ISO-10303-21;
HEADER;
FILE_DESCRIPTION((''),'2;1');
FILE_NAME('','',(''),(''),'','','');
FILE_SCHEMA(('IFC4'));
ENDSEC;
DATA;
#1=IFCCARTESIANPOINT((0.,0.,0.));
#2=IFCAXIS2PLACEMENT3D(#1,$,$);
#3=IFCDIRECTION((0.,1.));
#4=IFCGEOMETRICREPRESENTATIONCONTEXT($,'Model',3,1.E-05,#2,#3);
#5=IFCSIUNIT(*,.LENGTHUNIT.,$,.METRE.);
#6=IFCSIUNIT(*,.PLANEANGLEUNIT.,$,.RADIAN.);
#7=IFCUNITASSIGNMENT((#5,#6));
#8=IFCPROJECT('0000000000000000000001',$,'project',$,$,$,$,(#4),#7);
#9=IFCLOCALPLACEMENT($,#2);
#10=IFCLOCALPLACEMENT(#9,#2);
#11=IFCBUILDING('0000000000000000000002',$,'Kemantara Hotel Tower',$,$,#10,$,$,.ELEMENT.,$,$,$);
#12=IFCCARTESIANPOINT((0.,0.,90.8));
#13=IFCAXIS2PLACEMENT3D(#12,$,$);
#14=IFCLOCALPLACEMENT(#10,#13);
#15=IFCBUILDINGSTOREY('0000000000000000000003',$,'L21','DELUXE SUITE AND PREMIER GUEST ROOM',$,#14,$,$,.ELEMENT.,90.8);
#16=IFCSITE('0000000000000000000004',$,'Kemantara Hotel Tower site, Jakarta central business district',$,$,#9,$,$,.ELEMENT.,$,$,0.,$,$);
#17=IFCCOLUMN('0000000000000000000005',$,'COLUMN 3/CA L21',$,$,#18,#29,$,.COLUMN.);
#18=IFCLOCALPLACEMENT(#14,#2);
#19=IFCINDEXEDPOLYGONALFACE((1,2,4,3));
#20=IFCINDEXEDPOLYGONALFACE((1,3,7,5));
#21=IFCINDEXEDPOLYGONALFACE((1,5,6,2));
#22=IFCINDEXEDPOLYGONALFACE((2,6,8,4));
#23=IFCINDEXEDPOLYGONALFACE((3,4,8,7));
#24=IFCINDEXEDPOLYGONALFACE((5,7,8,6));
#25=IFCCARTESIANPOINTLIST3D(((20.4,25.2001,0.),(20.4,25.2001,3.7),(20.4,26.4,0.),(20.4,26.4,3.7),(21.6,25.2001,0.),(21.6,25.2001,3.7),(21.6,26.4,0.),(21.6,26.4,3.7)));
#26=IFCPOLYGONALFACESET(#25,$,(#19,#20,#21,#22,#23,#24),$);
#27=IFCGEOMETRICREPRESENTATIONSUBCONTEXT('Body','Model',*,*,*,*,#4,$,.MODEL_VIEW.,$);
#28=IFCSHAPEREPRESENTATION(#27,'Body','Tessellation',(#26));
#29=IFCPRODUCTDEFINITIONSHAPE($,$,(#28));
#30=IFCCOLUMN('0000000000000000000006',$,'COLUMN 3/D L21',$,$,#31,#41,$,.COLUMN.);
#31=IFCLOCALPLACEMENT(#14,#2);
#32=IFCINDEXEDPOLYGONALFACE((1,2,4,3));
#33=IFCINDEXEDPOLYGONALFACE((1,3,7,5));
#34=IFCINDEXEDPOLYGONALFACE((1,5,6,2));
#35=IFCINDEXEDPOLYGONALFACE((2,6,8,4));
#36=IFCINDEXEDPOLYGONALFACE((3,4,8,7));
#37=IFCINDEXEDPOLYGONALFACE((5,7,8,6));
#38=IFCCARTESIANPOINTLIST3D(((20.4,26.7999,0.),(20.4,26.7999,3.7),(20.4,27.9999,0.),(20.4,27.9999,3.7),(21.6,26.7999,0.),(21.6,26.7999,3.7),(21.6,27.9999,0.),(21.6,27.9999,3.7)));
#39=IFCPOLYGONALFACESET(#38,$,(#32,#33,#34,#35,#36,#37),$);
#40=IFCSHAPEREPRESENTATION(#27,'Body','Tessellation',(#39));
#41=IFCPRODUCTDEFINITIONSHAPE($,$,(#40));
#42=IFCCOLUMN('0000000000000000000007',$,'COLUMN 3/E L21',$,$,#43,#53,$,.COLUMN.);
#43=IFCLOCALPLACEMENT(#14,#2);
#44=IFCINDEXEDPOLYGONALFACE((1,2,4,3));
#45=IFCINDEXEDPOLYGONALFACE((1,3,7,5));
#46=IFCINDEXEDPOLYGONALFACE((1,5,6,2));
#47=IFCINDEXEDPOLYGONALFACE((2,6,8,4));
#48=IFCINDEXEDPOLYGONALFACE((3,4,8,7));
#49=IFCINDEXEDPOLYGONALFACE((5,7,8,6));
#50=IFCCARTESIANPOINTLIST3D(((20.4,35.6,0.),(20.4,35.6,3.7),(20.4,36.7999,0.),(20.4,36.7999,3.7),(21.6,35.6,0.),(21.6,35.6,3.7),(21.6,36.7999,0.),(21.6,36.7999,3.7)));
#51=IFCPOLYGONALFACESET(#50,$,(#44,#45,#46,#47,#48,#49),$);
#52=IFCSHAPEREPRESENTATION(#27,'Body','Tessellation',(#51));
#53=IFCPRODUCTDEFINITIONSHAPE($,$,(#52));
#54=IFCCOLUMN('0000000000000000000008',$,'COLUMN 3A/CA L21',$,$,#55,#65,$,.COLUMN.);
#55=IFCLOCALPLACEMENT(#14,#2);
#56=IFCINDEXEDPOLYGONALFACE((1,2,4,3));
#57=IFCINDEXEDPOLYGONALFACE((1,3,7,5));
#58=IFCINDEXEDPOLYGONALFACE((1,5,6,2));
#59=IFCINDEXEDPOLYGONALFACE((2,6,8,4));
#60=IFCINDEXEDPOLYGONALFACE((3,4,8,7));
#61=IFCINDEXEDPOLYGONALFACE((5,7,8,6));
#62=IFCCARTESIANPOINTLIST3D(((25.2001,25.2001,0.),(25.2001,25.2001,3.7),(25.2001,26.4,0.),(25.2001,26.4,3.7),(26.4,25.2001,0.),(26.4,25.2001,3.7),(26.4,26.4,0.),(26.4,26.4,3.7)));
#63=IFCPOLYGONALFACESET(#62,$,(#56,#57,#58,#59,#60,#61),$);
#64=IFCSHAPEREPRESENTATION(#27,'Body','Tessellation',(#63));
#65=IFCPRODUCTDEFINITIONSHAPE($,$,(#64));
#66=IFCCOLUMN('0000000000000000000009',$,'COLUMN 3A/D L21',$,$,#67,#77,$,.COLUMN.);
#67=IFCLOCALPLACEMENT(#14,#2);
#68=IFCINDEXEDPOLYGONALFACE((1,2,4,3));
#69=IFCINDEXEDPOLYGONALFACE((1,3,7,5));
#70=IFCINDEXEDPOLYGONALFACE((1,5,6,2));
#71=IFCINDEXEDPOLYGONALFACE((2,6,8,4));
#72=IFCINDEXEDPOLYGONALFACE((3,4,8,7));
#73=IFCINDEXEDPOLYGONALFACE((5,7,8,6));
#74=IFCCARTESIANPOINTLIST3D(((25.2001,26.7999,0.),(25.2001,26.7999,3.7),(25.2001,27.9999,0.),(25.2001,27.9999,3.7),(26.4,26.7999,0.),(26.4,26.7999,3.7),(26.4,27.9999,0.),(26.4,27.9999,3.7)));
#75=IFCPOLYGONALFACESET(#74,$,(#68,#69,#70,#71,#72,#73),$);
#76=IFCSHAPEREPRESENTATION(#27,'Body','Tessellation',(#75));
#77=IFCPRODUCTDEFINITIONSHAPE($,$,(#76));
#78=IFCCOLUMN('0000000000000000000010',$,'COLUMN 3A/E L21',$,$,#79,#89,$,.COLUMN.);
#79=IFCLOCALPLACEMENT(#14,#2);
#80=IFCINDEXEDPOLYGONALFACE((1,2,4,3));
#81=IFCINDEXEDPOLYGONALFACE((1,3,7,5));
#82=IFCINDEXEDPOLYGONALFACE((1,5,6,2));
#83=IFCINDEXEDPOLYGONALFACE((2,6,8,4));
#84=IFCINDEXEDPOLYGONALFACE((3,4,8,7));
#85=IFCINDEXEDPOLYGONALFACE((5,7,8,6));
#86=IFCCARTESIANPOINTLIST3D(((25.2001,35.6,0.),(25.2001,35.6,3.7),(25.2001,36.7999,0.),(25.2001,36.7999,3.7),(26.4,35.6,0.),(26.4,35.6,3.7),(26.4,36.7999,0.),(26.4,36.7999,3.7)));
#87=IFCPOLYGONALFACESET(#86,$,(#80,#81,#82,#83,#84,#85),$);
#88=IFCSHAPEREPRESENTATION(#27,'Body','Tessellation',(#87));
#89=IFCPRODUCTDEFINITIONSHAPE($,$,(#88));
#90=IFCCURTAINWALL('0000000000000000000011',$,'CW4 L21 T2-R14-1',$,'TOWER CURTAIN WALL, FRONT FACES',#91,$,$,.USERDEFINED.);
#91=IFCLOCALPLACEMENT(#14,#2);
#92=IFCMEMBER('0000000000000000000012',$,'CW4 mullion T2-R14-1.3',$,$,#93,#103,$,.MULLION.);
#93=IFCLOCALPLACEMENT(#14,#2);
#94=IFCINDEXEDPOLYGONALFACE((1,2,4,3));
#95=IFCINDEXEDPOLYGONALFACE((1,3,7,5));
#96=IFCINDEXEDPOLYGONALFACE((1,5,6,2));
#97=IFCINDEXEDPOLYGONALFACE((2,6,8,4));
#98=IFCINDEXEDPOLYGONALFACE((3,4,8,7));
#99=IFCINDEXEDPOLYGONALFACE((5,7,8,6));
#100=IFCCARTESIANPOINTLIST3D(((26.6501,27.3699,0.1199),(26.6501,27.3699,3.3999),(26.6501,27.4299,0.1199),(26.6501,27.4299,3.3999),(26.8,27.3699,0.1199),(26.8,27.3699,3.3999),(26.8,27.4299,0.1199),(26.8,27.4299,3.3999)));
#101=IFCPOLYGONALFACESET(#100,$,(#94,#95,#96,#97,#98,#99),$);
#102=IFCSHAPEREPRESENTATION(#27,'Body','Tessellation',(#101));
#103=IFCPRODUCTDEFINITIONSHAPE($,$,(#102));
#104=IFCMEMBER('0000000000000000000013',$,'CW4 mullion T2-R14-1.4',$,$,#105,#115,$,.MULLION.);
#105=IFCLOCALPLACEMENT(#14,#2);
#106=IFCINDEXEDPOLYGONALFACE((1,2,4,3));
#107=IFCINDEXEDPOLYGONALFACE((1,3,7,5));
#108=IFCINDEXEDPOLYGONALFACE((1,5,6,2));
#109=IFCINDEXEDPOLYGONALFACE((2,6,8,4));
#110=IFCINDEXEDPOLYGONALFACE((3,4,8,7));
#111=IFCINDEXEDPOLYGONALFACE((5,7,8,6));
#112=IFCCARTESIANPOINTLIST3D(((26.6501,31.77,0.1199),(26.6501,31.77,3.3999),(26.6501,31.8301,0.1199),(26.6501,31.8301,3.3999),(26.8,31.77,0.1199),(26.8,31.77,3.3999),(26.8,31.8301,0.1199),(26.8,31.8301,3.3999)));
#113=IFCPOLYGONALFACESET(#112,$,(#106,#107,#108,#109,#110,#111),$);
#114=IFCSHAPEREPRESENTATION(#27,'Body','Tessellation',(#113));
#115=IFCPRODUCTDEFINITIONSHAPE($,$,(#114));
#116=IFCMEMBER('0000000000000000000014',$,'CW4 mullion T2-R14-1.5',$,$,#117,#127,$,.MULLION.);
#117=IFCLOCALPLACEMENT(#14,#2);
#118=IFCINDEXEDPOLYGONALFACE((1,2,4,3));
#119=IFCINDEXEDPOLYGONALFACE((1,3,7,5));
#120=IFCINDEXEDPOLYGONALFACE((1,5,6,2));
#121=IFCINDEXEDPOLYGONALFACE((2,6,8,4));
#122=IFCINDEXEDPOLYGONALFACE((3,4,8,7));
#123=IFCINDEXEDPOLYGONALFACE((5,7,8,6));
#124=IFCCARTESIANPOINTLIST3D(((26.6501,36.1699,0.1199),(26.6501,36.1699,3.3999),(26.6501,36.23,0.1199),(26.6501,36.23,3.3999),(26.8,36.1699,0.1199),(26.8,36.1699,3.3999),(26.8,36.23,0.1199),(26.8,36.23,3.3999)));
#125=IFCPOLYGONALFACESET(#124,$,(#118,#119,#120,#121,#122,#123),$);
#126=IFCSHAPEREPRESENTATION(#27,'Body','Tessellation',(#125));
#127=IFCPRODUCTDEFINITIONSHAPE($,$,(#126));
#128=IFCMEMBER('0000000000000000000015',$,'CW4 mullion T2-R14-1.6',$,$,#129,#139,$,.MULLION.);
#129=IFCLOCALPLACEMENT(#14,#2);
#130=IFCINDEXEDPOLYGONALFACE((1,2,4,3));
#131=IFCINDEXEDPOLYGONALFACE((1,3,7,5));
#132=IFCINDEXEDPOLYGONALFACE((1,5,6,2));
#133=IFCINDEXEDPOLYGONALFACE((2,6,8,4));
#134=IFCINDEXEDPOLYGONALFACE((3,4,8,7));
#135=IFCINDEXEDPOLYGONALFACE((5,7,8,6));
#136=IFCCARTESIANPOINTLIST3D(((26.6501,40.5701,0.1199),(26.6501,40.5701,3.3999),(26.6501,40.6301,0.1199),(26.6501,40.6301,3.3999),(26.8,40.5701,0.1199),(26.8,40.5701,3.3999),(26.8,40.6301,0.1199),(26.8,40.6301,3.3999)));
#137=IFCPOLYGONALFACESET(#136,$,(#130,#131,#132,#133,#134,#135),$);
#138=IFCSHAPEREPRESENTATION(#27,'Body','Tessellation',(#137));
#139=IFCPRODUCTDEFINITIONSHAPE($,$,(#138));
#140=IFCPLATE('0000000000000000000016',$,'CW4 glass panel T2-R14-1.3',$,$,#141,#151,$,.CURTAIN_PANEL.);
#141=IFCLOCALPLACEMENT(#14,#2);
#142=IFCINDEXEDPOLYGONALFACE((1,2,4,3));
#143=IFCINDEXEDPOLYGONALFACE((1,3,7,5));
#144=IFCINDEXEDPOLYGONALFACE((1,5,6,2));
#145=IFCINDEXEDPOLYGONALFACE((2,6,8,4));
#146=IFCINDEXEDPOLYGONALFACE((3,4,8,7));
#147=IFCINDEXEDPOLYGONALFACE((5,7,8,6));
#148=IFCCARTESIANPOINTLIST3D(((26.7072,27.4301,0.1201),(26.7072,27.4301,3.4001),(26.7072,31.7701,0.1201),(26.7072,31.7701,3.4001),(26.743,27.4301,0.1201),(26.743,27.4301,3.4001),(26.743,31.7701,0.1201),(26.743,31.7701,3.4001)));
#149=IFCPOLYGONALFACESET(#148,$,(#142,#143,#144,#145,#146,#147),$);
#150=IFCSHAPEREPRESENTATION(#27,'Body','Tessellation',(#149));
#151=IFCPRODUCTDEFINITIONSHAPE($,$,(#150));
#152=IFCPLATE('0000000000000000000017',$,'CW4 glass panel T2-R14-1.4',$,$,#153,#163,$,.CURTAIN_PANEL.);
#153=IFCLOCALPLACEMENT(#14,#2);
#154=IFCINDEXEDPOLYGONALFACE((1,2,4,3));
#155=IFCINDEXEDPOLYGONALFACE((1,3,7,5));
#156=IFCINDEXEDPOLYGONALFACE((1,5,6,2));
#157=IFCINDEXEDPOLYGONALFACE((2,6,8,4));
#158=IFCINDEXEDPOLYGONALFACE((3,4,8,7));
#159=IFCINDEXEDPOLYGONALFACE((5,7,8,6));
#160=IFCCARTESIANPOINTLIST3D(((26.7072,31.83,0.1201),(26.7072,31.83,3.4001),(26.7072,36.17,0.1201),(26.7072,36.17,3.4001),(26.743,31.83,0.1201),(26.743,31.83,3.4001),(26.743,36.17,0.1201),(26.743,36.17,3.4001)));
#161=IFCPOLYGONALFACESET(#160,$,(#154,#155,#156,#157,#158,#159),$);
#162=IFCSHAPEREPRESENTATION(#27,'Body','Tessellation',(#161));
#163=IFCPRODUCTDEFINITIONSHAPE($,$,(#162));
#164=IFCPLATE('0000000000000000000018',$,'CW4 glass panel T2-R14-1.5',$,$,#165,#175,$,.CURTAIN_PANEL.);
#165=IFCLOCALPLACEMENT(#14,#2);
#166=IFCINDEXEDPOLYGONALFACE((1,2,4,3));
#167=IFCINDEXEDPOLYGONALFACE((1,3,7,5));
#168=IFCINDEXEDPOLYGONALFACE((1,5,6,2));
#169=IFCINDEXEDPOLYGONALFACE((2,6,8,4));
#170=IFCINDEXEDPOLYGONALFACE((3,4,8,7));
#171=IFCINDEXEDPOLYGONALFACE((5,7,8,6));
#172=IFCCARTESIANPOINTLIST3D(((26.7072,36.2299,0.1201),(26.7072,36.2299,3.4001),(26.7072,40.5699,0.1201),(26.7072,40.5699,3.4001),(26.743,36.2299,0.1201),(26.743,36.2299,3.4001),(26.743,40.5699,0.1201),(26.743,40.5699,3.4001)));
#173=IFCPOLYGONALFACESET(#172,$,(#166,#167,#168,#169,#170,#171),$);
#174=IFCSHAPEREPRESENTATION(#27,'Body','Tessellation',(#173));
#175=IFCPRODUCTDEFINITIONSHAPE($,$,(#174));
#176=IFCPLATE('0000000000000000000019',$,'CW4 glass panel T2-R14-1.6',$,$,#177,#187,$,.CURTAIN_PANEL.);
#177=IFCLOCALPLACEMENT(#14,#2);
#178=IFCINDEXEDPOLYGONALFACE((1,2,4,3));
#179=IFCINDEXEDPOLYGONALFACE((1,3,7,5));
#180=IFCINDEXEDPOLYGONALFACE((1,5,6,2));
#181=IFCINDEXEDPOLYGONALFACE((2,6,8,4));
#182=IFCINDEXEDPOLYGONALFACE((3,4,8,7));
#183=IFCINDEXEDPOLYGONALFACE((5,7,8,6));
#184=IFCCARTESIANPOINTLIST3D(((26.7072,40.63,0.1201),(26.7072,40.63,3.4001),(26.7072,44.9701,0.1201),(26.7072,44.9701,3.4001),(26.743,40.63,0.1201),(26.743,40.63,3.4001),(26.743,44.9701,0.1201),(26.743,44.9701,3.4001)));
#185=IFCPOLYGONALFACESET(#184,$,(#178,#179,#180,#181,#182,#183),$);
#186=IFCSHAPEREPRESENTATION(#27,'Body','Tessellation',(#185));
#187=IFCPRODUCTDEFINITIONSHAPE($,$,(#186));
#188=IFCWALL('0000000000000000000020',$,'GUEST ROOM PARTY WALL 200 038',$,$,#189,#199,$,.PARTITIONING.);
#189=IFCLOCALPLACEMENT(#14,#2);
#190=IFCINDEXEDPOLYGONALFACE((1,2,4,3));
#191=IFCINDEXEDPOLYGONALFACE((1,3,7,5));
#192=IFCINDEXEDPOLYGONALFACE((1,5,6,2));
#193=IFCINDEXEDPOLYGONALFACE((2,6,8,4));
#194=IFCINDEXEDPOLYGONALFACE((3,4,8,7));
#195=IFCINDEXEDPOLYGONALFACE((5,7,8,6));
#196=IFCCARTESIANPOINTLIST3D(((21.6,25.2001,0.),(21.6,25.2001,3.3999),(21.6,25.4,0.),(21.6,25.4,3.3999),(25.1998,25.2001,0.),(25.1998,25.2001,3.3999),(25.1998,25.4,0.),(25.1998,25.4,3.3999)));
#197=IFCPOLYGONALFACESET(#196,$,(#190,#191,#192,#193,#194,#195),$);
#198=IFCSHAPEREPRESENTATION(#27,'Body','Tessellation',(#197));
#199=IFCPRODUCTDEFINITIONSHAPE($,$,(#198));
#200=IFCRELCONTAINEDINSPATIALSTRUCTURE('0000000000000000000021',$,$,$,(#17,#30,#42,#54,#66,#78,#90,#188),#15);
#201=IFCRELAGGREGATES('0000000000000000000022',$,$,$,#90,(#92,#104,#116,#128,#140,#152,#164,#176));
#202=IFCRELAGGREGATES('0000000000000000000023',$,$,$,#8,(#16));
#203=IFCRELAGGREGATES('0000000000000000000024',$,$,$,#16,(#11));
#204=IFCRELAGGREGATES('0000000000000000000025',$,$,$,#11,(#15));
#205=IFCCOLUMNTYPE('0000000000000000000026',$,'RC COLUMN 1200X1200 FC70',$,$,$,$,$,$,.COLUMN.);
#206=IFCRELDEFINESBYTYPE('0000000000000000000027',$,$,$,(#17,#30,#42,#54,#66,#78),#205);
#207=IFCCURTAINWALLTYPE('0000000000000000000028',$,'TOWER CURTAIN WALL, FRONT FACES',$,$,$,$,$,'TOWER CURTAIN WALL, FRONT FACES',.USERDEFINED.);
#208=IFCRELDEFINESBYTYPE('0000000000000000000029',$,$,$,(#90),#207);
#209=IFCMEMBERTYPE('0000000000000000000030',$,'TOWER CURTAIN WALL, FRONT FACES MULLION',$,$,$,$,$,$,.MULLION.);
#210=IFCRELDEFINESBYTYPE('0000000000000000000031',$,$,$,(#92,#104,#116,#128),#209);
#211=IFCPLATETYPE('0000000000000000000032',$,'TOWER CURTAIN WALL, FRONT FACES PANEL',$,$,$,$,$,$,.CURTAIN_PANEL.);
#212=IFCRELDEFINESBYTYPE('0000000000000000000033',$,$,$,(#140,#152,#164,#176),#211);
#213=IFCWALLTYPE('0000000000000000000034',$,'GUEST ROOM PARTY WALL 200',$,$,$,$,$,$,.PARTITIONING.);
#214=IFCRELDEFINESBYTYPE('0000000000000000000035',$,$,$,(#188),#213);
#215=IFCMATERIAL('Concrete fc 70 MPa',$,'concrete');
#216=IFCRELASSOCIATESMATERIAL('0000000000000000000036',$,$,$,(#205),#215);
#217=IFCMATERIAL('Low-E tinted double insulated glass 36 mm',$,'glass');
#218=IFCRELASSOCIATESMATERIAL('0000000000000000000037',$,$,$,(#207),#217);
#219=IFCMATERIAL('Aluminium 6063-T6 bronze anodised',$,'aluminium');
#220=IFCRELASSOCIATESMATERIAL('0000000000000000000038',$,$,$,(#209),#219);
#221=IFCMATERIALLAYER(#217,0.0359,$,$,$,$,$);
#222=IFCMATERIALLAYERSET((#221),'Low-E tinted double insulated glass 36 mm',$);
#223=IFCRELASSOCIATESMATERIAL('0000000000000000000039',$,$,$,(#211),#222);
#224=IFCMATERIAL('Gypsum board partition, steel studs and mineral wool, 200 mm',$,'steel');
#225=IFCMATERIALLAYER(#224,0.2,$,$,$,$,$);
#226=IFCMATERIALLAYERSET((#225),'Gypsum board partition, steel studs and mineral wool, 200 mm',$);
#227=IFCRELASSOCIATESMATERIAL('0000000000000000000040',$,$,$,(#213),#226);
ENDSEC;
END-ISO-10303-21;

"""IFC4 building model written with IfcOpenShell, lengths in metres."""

from ifc_helpers import new_model, si_unit, direction, frame, frame_2d, origin, origin_2d, place, context, subcontext, project, spatial, rectangle, extrude, source, transform, mapped, material, layer, layer_set, material_profile, profile_set, type_object, element, aggregate, save


model = new_model("IFC4")

# Units and contexts
model_context = context("Model", 3, precision=1e-05, world=origin(), true_north=direction((0.0, 1.0)))
body_context = subcontext(model_context, "Body", "Model", "MODEL_VIEW")
ifc_project = project(units=[si_unit("LENGTHUNIT", "METRE"), si_unit("PLANEANGLEUNIT", "RADIAN")], contexts=[model_context])

# Site, building, storey
site_placement = place(None, origin())
site = spatial("IfcSite", under=ifc_project, at=site_placement, Name="Kemantara Hotel Tower site, Jakarta central business district", CompositionType="ELEMENT", RefElevation=0.0)
building_placement = place(site_placement, origin())
building = spatial("IfcBuilding", under=site, at=building_placement, Name="Kemantara Hotel Tower", CompositionType="ELEMENT")
storey_placement = place(building_placement, frame((0.0, 0.0, 90.8)))
storey = spatial("IfcBuildingStorey", under=building, at=storey_placement, Name="L21", Description="DELUXE SUITE AND PREMIER GUEST ROOM", CompositionType="ELEMENT", Elevation=90.8)

# Columns
ifc_material_1 = material(Name="Concrete fc 70 MPa", Category="concrete")
ifc_material_profile_1 = material_profile(ifc_material_1, rectangle(XDim=1.2, YDim=1.2, at=origin_2d()), Name="RC 1200X1200")
ifc_profile_set_1 = profile_set([ifc_material_profile_1], Name="Concrete fc 70 MPa")
column_type = type_object("IfcColumnType", Name="RC COLUMN 1200X1200 FC70", PredefinedType="COLUMN", material=ifc_profile_set_1)
for number, where, z_axis, x_axis, name in (
    (1, (21.0, 25.8, 0.0), (0.0, 0.0, 1.0), (1.0, 0.0, 0.0), "COLUMN 3/CA L21"),
    (2, (21.0, 27.3999, 0.0), (0.0, 0.0, 1.0), (1.0, 0.0, 0.0), "COLUMN 3/D L21"),
    (3, (21.0, 36.2, 0.0), (0.0, 0.0, 1.0), (1.0, 0.0, 0.0), "COLUMN 3/E L21"),
    (4, (25.8, 25.8, 0.0), (0.0, 0.0, 1.0), (1.0, 0.0, 0.0), "COLUMN 3A/CA L21"),
    (5, (25.8, 27.3999, 0.0), (0.0, 0.0, 1.0), (1.0, 0.0, 0.0), "COLUMN 3A/D L21"),
    (6, (25.8, 36.2, 0.0), (0.0, 0.0, 1.0), (1.0, 0.0, 0.0), "COLUMN 3A/E L21"),
):
    element("IfcColumn", number, at=place(storey_placement, frame(where, z_axis=z_axis, x_axis=x_axis)), inside=storey, type_object=column_type, Name=name, PredefinedType="COLUMN", context=body_context, shape_type="SweptSolid", body=[
        extrude(rectangle(XDim=1.2, YDim=1.2, at=origin_2d()), origin(), (0.0, 0.0, 1.0), 3.7),
    ])

# Curtain wall, members, plates
ifc_material_2 = material(Name="Low-E tinted double insulated glass 36 mm", Category="glass")
curtain_wall_type = type_object("IfcCurtainWallType", Name="TOWER CURTAIN WALL, FRONT FACES", ElementType="TOWER CURTAIN WALL, FRONT FACES", PredefinedType="USERDEFINED", material=ifc_material_2)
curtain_wall_placement = place(storey_placement, origin())
curtain_wall = element("IfcCurtainWall", 7, at=curtain_wall_placement, inside=storey, type_object=curtain_wall_type, Name="CW4 L21 T2-R14-1", ObjectType="TOWER CURTAIN WALL, FRONT FACES", PredefinedType="USERDEFINED")
ifc_material_3 = material(Name="Aluminium 6063-T6 bronze anodised", Category="aluminium")
ifc_material_profile_2 = material_profile(ifc_material_3, rectangle(XDim=0.1499, YDim=0.0601, at=origin_2d()), Name="TOWER CURTAIN WALL, FRONT FACES MULLION")
ifc_profile_set_2 = profile_set([ifc_material_profile_2], Name="Aluminium 6063-T6 bronze anodised")
member_type = type_object("IfcMemberType", Name="TOWER CURTAIN WALL, FRONT FACES MULLION", PredefinedType="MULLION", material=ifc_profile_set_2)
shared_shape_1 = source(origin(), body_context, "Body", "SweptSolid", [
    extrude(rectangle(XDim=0.1499, YDim=0.0601, at=origin_2d()), origin(), (0.0, 0.0, 1.0), 3.28),
])
member_1_placement = place(storey_placement, frame((26.7251, 27.3999, 0.1199), z_axis=(0.0, 0.0, 1.0), x_axis=(-1.0, 0.0, 0.0)))
member_1 = element("IfcMember", 8, at=member_1_placement, type_object=member_type, Name="CW4 mullion T2-R14-1.3", PredefinedType="MULLION", context=body_context, shape_type="MappedRepresentation", body=[
    mapped(shared_shape_1, transform((0.0, 0.0, 0.0))),
])
member_2_placement = place(storey_placement, frame((26.7251, 31.8, 0.1199), z_axis=(0.0, 0.0, 1.0), x_axis=(-1.0, 0.0, 0.0)))
member_2 = element("IfcMember", 9, at=member_2_placement, type_object=member_type, Name="CW4 mullion T2-R14-1.4", PredefinedType="MULLION", context=body_context, shape_type="MappedRepresentation", body=[
    mapped(shared_shape_1, transform((0.0, 0.0, 0.0))),
])
member_3_placement = place(storey_placement, frame((26.7251, 36.2, 0.1199), z_axis=(0.0, 0.0, 1.0), x_axis=(-1.0, 0.0, 0.0)))
member_3 = element("IfcMember", 10, at=member_3_placement, type_object=member_type, Name="CW4 mullion T2-R14-1.5", PredefinedType="MULLION", context=body_context, shape_type="MappedRepresentation", body=[
    mapped(shared_shape_1, transform((0.0, 0.0, 0.0))),
])
member_4_placement = place(storey_placement, frame((26.7251, 40.6001, 0.1199), z_axis=(0.0, 0.0, 1.0), x_axis=(-1.0, 0.0, 0.0)))
member_4 = element("IfcMember", 11, at=member_4_placement, type_object=member_type, Name="CW4 mullion T2-R14-1.6", PredefinedType="MULLION", context=body_context, shape_type="MappedRepresentation", body=[
    mapped(shared_shape_1, transform((0.0, 0.0, 0.0))),
])
ifc_layer_1 = layer(ifc_material_2, 0.0359)
ifc_layer_set_1 = layer_set([ifc_layer_1], Name="Low-E tinted double insulated glass 36 mm")
plate_type = type_object("IfcPlateType", Name="TOWER CURTAIN WALL, FRONT FACES PANEL", PredefinedType="CURTAIN_PANEL", material=ifc_layer_set_1)
shared_shape_2 = source(origin(), body_context, "Body", "SweptSolid", [
    extrude(rectangle(XDim=4.3401, YDim=0.0359, at=origin_2d()), origin(), (0.0, 0.0, 1.0), 3.28),
])
plate_1_placement = place(storey_placement, frame((26.7251, 29.6001, 0.1201), z_axis=(0.0, 0.0, 1.0), x_axis=(0.0, 1.0, 0.0)))
plate_1 = element("IfcPlate", 12, at=plate_1_placement, type_object=plate_type, Name="CW4 glass panel T2-R14-1.3", PredefinedType="CURTAIN_PANEL", context=body_context, shape_type="MappedRepresentation", body=[
    mapped(shared_shape_2, transform((0.0, 0.0, 0.0))),
])
plate_2_placement = place(storey_placement, frame((26.7251, 34.0, 0.1201), z_axis=(0.0, 0.0, 1.0), x_axis=(0.0, 1.0, 0.0)))
plate_2 = element("IfcPlate", 13, at=plate_2_placement, type_object=plate_type, Name="CW4 glass panel T2-R14-1.4", PredefinedType="CURTAIN_PANEL", context=body_context, shape_type="MappedRepresentation", body=[
    mapped(shared_shape_2, transform((0.0, 0.0, 0.0))),
])
plate_3_placement = place(storey_placement, frame((26.7251, 38.3999, 0.1201), z_axis=(0.0, 0.0, 1.0), x_axis=(0.0, 1.0, 0.0)))
plate_3 = element("IfcPlate", 14, at=plate_3_placement, type_object=plate_type, Name="CW4 glass panel T2-R14-1.5", PredefinedType="CURTAIN_PANEL", context=body_context, shape_type="MappedRepresentation", body=[
    mapped(shared_shape_2, transform((0.0, 0.0, 0.0))),
])
plate_4_placement = place(storey_placement, frame((26.7251, 42.8, 0.1201), z_axis=(0.0, 0.0, 1.0), x_axis=(0.0, 1.0, 0.0)))
plate_4 = element("IfcPlate", 15, at=plate_4_placement, type_object=plate_type, Name="CW4 glass panel T2-R14-1.6", PredefinedType="CURTAIN_PANEL", context=body_context, shape_type="MappedRepresentation", body=[
    mapped(shared_shape_2, transform((0.0, 0.0, 0.0))),
])
aggregate(curtain_wall, [member_1, member_2, member_3, member_4, plate_1, plate_2, plate_3, plate_4])

# Wall
ifc_material_4 = material(Name="Gypsum board partition, steel studs and mineral wool, 200 mm", Category="steel")
ifc_layer_2 = layer(ifc_material_4, 0.2)
ifc_layer_set_2 = layer_set([ifc_layer_2], Name="Gypsum board partition, steel studs and mineral wool, 200 mm")
wall_type_1 = type_object("IfcWallType", Name="GUEST ROOM PARTY WALL 200", PredefinedType="PARTITIONING", material=ifc_layer_set_2)
wall_1_placement = place(storey_placement, frame((21.6001, 25.3, 0.0), z_axis=(0.0, 0.0, 1.0), x_axis=(1.0, 0.0, 0.0)))
element("IfcWall", 16, at=wall_1_placement, inside=storey, type_object=wall_type_1, Name="GUEST ROOM PARTY WALL 200 038", PredefinedType="PARTITIONING", context=body_context, shape_type="SweptSolid", body=[
    extrude(rectangle(XDim=3.5999, YDim=0.2, at=frame_2d((1.7998, 0.0))), origin(), (0.0, 0.0, 1.0), 3.3999),
])

save(model, "model.ifc")
